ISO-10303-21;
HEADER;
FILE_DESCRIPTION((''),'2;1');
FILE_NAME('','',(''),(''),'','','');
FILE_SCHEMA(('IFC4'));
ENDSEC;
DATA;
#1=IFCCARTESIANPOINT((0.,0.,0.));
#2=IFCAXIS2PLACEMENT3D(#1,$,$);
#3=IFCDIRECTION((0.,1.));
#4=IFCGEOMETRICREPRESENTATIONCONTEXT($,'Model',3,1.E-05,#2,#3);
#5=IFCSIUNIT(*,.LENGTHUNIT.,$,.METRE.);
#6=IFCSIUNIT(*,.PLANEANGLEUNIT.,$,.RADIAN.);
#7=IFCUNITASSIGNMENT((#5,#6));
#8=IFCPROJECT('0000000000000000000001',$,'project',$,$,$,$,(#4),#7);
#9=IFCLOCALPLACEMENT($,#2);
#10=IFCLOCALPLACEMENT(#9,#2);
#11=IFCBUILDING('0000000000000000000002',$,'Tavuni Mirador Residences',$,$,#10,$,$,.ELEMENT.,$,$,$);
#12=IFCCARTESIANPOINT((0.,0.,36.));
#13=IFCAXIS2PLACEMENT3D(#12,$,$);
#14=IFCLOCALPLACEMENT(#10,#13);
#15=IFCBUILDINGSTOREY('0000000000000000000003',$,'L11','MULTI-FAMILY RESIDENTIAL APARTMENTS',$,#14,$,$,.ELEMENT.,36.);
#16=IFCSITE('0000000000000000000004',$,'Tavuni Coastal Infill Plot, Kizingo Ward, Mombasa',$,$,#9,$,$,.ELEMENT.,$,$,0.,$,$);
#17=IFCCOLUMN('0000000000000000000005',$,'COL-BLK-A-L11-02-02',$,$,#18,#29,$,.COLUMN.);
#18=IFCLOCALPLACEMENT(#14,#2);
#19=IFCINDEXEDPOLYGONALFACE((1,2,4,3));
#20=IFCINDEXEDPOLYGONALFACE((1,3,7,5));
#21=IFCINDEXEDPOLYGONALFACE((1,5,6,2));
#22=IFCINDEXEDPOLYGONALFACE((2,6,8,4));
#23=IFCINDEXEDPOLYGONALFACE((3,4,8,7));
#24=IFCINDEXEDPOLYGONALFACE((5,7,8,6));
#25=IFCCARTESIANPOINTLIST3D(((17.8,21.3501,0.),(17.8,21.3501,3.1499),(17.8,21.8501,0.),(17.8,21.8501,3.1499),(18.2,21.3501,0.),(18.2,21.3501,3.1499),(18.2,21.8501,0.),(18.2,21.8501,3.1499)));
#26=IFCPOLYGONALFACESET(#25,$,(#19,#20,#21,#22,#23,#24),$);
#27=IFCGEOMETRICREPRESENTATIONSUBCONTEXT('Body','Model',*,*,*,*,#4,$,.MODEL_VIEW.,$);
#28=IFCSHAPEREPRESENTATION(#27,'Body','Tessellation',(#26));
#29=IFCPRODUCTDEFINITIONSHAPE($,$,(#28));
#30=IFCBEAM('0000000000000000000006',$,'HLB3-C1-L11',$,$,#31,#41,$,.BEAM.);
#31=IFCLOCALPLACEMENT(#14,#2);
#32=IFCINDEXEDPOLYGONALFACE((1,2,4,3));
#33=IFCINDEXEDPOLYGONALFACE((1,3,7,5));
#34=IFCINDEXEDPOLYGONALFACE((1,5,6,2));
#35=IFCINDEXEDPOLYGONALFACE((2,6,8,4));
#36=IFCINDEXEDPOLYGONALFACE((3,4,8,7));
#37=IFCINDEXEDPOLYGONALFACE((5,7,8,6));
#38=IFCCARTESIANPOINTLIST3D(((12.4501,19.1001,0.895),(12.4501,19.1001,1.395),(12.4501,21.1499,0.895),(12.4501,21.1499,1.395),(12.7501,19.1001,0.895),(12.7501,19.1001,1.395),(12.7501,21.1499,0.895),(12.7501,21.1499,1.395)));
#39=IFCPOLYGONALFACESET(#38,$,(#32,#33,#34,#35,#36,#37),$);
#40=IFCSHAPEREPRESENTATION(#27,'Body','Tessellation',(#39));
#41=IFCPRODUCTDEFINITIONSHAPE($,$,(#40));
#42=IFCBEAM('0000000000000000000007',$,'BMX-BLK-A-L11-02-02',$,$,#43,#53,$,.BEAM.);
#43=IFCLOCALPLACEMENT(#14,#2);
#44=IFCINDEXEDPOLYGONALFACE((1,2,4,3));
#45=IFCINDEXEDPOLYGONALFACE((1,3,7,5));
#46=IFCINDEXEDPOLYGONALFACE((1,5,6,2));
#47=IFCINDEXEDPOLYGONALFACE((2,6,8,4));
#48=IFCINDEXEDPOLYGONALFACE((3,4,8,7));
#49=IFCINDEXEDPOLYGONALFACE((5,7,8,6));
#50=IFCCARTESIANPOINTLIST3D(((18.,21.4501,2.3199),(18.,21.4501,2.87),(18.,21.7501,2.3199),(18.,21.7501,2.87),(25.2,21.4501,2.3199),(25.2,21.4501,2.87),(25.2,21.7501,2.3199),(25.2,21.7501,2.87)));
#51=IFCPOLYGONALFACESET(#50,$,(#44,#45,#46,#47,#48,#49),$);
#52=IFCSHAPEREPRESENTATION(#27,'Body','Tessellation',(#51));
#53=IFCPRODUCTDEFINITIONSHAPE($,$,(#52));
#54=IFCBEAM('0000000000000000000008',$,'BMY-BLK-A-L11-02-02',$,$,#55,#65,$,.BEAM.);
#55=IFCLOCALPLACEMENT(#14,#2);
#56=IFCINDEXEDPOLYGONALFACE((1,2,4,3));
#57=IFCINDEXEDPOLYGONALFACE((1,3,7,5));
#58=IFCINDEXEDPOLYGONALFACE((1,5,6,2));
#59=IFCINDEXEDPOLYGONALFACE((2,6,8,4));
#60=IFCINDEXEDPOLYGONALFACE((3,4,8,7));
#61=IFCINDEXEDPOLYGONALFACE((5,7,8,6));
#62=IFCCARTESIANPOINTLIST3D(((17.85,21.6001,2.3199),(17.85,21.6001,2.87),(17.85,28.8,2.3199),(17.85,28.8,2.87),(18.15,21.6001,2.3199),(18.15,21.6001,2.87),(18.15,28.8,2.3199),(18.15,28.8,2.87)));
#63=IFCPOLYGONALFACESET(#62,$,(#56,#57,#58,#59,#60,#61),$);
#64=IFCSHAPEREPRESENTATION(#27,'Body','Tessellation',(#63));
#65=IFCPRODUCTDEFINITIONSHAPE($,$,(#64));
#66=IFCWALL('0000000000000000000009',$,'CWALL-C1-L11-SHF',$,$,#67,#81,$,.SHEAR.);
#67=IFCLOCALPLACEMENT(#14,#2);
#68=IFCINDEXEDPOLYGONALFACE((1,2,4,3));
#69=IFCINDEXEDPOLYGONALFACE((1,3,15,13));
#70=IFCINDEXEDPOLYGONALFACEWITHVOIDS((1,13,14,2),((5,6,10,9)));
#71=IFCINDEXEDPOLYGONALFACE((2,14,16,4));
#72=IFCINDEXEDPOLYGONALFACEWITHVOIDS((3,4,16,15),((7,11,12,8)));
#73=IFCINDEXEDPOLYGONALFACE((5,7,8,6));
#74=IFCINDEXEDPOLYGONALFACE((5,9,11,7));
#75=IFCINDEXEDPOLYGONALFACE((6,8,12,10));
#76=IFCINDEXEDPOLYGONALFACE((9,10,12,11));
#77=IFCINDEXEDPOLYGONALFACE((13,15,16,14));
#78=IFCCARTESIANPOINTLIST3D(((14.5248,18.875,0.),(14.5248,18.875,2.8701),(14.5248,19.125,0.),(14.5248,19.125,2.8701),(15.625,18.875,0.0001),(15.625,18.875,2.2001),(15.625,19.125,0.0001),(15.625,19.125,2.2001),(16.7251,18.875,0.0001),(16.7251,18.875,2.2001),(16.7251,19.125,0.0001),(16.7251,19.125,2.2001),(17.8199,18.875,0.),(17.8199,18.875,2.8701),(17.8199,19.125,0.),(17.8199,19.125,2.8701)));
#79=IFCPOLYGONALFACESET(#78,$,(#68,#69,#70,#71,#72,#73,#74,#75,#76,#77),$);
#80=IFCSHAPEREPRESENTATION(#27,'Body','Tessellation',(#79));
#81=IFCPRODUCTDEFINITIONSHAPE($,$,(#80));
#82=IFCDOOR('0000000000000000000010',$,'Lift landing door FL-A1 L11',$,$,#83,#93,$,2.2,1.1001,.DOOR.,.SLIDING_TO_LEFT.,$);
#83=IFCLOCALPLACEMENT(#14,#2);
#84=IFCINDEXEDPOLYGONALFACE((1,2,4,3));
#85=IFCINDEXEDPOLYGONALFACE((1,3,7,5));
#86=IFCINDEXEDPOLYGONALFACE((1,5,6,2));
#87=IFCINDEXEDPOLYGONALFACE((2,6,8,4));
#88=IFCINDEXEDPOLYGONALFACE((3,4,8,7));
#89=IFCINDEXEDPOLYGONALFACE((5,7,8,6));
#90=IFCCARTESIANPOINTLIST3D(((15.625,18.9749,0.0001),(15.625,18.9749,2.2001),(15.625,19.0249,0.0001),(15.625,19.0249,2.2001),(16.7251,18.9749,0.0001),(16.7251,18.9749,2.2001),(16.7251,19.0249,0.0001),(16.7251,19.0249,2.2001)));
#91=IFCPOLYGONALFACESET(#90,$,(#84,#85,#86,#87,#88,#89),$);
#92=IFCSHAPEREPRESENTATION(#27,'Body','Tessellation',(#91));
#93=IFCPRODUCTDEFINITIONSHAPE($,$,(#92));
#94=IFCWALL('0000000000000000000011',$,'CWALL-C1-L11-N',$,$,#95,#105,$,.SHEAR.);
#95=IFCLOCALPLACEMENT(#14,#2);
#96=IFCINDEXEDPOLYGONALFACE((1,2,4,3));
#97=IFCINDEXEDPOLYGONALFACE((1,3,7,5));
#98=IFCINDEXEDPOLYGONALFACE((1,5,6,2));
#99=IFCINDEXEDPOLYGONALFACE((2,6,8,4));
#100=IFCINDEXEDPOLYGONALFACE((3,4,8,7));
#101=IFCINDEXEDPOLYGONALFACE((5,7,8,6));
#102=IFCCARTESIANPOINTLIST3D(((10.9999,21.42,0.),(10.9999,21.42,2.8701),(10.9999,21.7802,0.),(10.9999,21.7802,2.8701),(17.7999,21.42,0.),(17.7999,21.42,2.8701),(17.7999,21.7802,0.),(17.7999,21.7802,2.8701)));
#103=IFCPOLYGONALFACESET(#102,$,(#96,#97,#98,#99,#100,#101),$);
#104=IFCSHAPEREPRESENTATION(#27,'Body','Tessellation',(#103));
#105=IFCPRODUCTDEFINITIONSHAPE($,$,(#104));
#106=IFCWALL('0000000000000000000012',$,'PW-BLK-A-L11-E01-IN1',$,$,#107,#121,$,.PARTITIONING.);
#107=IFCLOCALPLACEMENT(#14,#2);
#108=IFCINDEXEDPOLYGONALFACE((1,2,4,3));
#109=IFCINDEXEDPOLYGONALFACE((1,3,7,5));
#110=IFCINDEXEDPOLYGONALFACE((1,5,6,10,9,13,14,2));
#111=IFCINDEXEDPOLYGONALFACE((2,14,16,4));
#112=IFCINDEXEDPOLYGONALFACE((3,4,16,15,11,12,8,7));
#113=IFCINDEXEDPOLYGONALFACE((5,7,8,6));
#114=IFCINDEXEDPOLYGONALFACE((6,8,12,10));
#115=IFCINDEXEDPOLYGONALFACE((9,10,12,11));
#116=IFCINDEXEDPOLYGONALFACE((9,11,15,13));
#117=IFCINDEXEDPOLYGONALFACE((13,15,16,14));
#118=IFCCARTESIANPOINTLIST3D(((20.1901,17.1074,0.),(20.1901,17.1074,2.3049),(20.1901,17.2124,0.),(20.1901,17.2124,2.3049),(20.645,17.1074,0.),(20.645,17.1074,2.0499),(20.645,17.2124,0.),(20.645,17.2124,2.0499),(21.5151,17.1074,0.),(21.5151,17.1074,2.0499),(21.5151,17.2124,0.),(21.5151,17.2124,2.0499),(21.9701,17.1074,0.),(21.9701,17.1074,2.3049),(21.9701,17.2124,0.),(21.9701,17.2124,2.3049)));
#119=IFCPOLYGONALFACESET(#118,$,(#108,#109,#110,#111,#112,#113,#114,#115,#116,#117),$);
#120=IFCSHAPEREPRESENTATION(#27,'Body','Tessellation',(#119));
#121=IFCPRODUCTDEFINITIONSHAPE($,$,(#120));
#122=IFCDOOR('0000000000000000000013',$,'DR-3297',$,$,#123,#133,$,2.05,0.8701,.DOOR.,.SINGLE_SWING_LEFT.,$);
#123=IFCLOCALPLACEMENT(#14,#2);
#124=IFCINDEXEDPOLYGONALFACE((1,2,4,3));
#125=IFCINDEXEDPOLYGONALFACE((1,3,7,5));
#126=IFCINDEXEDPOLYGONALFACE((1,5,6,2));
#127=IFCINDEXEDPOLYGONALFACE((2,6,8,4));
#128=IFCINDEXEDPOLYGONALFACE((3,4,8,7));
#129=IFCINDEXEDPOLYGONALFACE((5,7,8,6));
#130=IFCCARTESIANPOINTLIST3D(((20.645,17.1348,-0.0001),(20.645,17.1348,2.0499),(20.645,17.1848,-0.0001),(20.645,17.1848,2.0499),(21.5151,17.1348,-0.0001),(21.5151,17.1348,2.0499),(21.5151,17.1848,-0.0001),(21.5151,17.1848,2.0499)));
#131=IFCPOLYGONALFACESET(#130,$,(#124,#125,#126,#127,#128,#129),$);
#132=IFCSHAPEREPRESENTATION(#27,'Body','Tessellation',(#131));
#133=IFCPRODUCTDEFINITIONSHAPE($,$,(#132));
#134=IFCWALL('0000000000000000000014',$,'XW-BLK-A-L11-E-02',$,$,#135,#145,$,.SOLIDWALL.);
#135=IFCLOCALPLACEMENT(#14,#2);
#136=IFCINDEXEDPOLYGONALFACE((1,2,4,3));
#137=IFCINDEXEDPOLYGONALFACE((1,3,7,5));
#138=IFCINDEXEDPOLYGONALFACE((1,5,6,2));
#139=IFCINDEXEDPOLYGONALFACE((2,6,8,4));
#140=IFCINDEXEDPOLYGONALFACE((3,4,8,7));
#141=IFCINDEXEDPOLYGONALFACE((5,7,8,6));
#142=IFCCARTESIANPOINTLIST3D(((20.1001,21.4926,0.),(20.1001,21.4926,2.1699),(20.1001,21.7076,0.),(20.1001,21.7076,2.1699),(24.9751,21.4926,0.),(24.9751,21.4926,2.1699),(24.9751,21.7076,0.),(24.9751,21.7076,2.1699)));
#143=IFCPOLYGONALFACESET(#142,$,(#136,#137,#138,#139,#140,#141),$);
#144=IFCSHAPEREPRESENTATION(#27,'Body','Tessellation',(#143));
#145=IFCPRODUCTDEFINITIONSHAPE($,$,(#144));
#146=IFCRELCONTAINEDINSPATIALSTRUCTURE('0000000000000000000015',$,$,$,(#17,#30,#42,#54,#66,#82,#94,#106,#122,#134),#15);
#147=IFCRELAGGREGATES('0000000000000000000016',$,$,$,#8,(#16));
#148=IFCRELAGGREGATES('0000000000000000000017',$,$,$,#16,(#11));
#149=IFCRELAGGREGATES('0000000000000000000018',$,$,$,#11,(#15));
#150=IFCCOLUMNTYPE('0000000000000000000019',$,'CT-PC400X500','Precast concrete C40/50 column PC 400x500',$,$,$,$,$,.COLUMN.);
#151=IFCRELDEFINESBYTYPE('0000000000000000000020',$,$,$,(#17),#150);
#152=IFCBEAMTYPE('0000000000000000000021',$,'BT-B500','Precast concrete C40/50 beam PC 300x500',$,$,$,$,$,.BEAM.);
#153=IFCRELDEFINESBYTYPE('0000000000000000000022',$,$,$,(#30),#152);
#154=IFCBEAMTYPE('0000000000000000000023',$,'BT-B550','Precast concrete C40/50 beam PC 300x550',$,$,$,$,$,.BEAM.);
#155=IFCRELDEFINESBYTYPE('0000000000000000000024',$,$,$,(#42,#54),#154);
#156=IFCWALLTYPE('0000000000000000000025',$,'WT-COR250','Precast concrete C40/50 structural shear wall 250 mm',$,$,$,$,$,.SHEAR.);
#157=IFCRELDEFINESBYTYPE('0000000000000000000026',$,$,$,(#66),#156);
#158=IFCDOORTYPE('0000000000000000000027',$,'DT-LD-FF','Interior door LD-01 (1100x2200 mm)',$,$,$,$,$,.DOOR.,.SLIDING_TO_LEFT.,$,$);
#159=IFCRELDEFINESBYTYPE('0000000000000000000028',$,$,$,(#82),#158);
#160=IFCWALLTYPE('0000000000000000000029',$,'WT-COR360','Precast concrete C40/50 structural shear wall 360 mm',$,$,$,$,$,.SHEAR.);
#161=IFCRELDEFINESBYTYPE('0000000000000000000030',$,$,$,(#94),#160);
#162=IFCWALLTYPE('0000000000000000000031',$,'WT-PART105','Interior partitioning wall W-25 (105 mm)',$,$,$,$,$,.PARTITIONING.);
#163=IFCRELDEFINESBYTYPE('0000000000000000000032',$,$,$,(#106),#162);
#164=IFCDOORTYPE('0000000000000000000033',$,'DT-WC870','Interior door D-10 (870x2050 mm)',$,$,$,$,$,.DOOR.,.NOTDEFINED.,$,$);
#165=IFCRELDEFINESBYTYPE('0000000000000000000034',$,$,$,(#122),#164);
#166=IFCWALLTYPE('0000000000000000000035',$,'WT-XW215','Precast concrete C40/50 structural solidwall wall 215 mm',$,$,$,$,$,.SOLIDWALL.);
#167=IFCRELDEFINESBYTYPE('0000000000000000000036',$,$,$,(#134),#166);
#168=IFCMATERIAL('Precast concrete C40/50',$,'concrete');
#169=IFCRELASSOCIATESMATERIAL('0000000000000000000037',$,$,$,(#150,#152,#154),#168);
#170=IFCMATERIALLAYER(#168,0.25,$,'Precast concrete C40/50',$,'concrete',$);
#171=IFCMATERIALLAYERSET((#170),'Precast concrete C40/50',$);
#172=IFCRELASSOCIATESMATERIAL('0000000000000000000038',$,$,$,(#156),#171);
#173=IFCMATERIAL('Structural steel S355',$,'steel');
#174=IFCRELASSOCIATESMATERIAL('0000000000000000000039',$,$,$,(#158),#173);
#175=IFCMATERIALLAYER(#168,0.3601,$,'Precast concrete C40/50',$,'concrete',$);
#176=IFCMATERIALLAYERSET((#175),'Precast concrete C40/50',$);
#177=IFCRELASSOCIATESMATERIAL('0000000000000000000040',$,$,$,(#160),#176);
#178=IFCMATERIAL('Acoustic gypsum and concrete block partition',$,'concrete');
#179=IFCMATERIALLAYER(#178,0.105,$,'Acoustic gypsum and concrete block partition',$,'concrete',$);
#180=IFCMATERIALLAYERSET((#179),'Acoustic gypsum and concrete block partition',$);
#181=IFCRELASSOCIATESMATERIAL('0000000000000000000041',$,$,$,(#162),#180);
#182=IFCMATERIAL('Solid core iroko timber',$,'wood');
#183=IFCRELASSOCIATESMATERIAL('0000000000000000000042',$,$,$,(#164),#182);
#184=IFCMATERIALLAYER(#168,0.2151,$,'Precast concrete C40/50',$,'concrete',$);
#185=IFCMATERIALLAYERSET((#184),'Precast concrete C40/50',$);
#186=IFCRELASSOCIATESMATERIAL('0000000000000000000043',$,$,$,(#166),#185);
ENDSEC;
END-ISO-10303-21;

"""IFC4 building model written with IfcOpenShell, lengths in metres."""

from ifc_helpers import new_model, si_unit, direction, frame, frame_2d, origin, origin_2d, place, context, subcontext, project, spatial, rectangle, extrude, material, layer, layer_set, material_profile, profile_set, type_object, element, fill, save


model = new_model("IFC4")

# Units and contexts
model_context = context("Model", 3, precision=1e-05, world=origin(), true_north=direction((0.0, 1.0)))
body_context = subcontext(model_context, "Body", "Model", "MODEL_VIEW")
ifc_project = project(units=[si_unit("LENGTHUNIT", "METRE"), si_unit("PLANEANGLEUNIT", "RADIAN")], contexts=[model_context])

# Site, building, storey
site_placement = place(None, origin())
site = spatial("IfcSite", under=ifc_project, at=site_placement, Name="Tavuni Coastal Infill Plot, Kizingo Ward, Mombasa", CompositionType="ELEMENT", RefElevation=0.0)
building_placement = place(site_placement, origin())
building = spatial("IfcBuilding", under=site, at=building_placement, Name="Tavuni Mirador Residences", CompositionType="ELEMENT")
storey_placement = place(building_placement, frame((0.0, 0.0, 36.0)))
storey = spatial("IfcBuildingStorey", under=building, at=storey_placement, Name="L11", Description="MULTI-FAMILY RESIDENTIAL APARTMENTS", CompositionType="ELEMENT", Elevation=36.0)

# Column
ifc_material_1 = material(Name="Precast concrete C40/50", Category="concrete")
ifc_material_profile_1 = material_profile(ifc_material_1, rectangle(XDim=0.3999, YDim=0.5, at=origin_2d()), Name="PC 400x500", Category="concrete")
ifc_profile_set_1 = profile_set([ifc_material_profile_1], Name="Precast concrete C40/50")
column_type = type_object("IfcColumnType", Name="CT-PC400X500", Description="Precast concrete C40/50 column PC 400x500", PredefinedType="COLUMN", material=ifc_profile_set_1)
column_placement = place(storey_placement, frame((18.0, 21.6001, 0.0), z_axis=(0.0, 0.0, 1.0), x_axis=(1.0, 0.0, 0.0)))
element("IfcColumn", 1, at=column_placement, inside=storey, type_object=column_type, Name="COL-BLK-A-L11-02-02", PredefinedType="COLUMN", context=body_context, shape_type="SweptSolid", body=[
    extrude(rectangle(XDim=0.3999, YDim=0.5, at=origin_2d()), origin(), (0.0, 0.0, 1.0), 3.1499),
])

# Beams
ifc_material_profile_2 = material_profile(ifc_material_1, rectangle(XDim=0.3, YDim=0.5, at=origin_2d()), Name="PC 300x500", Category="concrete")
ifc_profile_set_2 = profile_set([ifc_material_profile_2], Name="Precast concrete C40/50")
beam_type_1 = type_object("IfcBeamType", Name="BT-B500", Description="Precast concrete C40/50 beam PC 300x500", PredefinedType="BEAM", material=ifc_profile_set_2)
beam_placement = place(storey_placement, frame((12.6001, 19.1001, 1.145), z_axis=(0.0, 1.0, 0.0), x_axis=(-1.0, 0.0, 0.0)))
element("IfcBeam", 2, at=beam_placement, inside=storey, type_object=beam_type_1, Name="HLB3-C1-L11", PredefinedType="BEAM", context=body_context, shape_type="SweptSolid", body=[
    extrude(rectangle(XDim=0.3, YDim=0.5, at=origin_2d()), origin(), (0.0, 0.0, 1.0), 2.0498),
])
ifc_material_profile_3 = material_profile(ifc_material_1, rectangle(XDim=0.3, YDim=0.55, at=origin_2d()), Name="PC 300x550", Category="concrete")
ifc_profile_set_3 = profile_set([ifc_material_profile_3], Name="Precast concrete C40/50")
beam_type_2 = type_object("IfcBeamType", Name="BT-B550", Description="Precast concrete C40/50 beam PC 300x550", PredefinedType="BEAM", material=ifc_profile_set_3)
for number, where, z_axis, x_axis, name in (
    (3, (18.0, 21.6001, 2.595), (1.0, 0.0, 0.0), (0.0, 1.0, 0.0), "BMX-BLK-A-L11-02-02"),
    (4, (18.0, 21.6001, 2.595), (0.0, 1.0, 0.0), (-1.0, 0.0, 0.0), "BMY-BLK-A-L11-02-02"),
):
    element("IfcBeam", number, at=place(storey_placement, frame(where, z_axis=z_axis, x_axis=x_axis)), inside=storey, type_object=beam_type_2, Name=name, PredefinedType="BEAM", context=body_context, shape_type="SweptSolid", body=[
        extrude(rectangle(XDim=0.3, YDim=0.55, at=origin_2d()), origin(), (0.0, 0.0, 1.0), 7.2),
    ])

# Wall, opening, door
ifc_layer_1 = layer(ifc_material_1, 0.25, Name="Precast concrete C40/50", Category="concrete")
ifc_layer_set_1 = layer_set([ifc_layer_1], Name="Precast concrete C40/50")
wall_type_1 = type_object("IfcWallType", Name="WT-COR250", Description="Precast concrete C40/50 structural shear wall 250 mm", PredefinedType="SHEAR", material=ifc_layer_set_1)
wall_1_placement = place(storey_placement, frame((14.5249, 19.0, 0.0), z_axis=(0.0, 0.0, 1.0), x_axis=(1.0, 0.0, 0.0)))
wall_1 = element("IfcWall", 5, at=wall_1_placement, inside=storey, type_object=wall_type_1, Name="CWALL-C1-L11-SHF", PredefinedType="SHEAR", context=body_context, shape_type="SweptSolid", body=[
    extrude(rectangle(XDim=3.2952, YDim=0.25, at=frame_2d((1.6475, 0.0))), origin(), (0.0, 0.0, 1.0), 2.8701),
])
opening_1_placement = place(wall_1_placement, frame((1.1001, 0.0, 0.0)))
opening_1 = element("IfcOpeningElement", 6, at=opening_1_placement, cuts=wall_1, PredefinedType="OPENING", context=body_context, shape_type="SweptSolid", body=[
    extrude(rectangle(XDim=1.1001, YDim=2.2, at=frame_2d((0.55, 1.1001))), frame((0.0, 0.135, 0.0), z_axis=(0.0, -1.0, 0.0), x_axis=(1.0, 0.0, 0.0)), (0.0, 0.0, 1.0), 0.27),
])
ifc_material_2 = material(Name="Structural steel S355", Category="steel")
door_type_1 = type_object("IfcDoorType", Name="DT-LD-FF", Description="Interior door LD-01 (1100x2200 mm)", OperationType="SLIDING_TO_LEFT", PredefinedType="DOOR", material=ifc_material_2)
door_1_placement = place(opening_1_placement, origin())
door_1 = element("IfcDoor", 7, at=door_1_placement, inside=storey, type_object=door_type_1, Name="Lift landing door FL-A1 L11", OperationType="SLIDING_TO_LEFT", OverallHeight=2.2, OverallWidth=1.1001, PredefinedType="DOOR", context=body_context, shape_type="SweptSolid", body=[
    extrude(rectangle(XDim=1.1001, YDim=2.2, at=frame_2d((0.55, 1.1001))), frame((0.0, 0.0249, 0.0), z_axis=(0.0, -1.0, 0.0), x_axis=(1.0, 0.0, 0.0)), (0.0, 0.0, 1.0), 0.05),
])
fill(opening_1, door_1)

# Wall
ifc_layer_2 = layer(ifc_material_1, 0.3601, Name="Precast concrete C40/50", Category="concrete")
ifc_layer_set_2 = layer_set([ifc_layer_2], Name="Precast concrete C40/50")
wall_type_2 = type_object("IfcWallType", Name="WT-COR360", Description="Precast concrete C40/50 structural shear wall 360 mm", PredefinedType="SHEAR", material=ifc_layer_set_2)
wall_2_placement = place(storey_placement, frame((11.0, 21.6001, 0.0), z_axis=(0.0, 0.0, 1.0), x_axis=(1.0, 0.0, 0.0)))
element("IfcWall", 8, at=wall_2_placement, inside=storey, type_object=wall_type_2, Name="CWALL-C1-L11-N", PredefinedType="SHEAR", context=body_context, shape_type="SweptSolid", body=[
    extrude(rectangle(XDim=6.8, YDim=0.3601, at=frame_2d((3.3999, 0.0))), origin(), (0.0, 0.0, 1.0), 2.8701),
])

# Wall, opening, door
ifc_material_3 = material(Name="Solid core iroko timber", Category="wood")
ifc_material_4 = material(Name="Acoustic gypsum and concrete block partition", Category="concrete")
ifc_layer_3 = layer(ifc_material_4, 0.105, Name="Acoustic gypsum and concrete block partition", Category="concrete")
ifc_layer_set_3 = layer_set([ifc_layer_3], Name="Acoustic gypsum and concrete block partition")
wall_type_3 = type_object("IfcWallType", Name="WT-PART105", Description="Interior partitioning wall W-25 (105 mm)", PredefinedType="PARTITIONING", material=ifc_layer_set_3)
wall_3_placement = place(storey_placement, frame((20.1899, 17.1599, 0.0), z_axis=(0.0, 0.0, 1.0), x_axis=(1.0, 0.0, 0.0)))
wall_3 = element("IfcWall", 9, at=wall_3_placement, inside=storey, type_object=wall_type_3, Name="PW-BLK-A-L11-E01-IN1", PredefinedType="PARTITIONING", context=body_context, shape_type="SweptSolid", body=[
    extrude(rectangle(XDim=1.78, YDim=0.105, at=frame_2d((0.8901, 0.0))), origin(), (0.0, 0.0, 1.0), 2.3049),
])
opening_2_placement = place(wall_3_placement, frame((0.4551, 0.0, 0.0)))
opening_2 = element("IfcOpeningElement", 10, at=opening_2_placement, cuts=wall_3, PredefinedType="OPENING", context=body_context, shape_type="SweptSolid", body=[
    extrude(rectangle(XDim=0.8701, YDim=2.05, at=frame_2d((0.4351, 1.0249))), frame((0.0, 0.0625, 0.0), z_axis=(0.0, -1.0, 0.0), x_axis=(1.0, 0.0, 0.0)), (0.0, 0.0, 1.0), 0.125),
])
door_type_2 = type_object("IfcDoorType", Name="DT-WC870", Description="Interior door D-10 (870x2050 mm)", OperationType="NOTDEFINED", PredefinedType="DOOR", material=ifc_material_3)
door_2_placement = place(opening_2_placement, origin())
door_2 = element("IfcDoor", 11, at=door_2_placement, inside=storey, type_object=door_type_2, Name="DR-3297", OperationType="SINGLE_SWING_LEFT", OverallHeight=2.05, OverallWidth=0.8701, PredefinedType="DOOR", context=body_context, shape_type="SweptSolid", body=[
    extrude(rectangle(XDim=0.8701, YDim=2.05, at=frame_2d((0.4351, 1.0249))), frame((0.0, 0.0249, 0.0), z_axis=(0.0, -1.0, 0.0), x_axis=(1.0, 0.0, 0.0)), (0.0, 0.0, 1.0), 0.05),
])
fill(opening_2, door_2)

# Wall
ifc_layer_4 = layer(ifc_material_1, 0.2151, Name="Precast concrete C40/50", Category="concrete")
ifc_layer_set_4 = layer_set([ifc_layer_4], Name="Precast concrete C40/50")
wall_type_4 = type_object("IfcWallType", Name="WT-XW215", Description="Precast concrete C40/50 structural solidwall wall 215 mm", PredefinedType="SOLIDWALL", material=ifc_layer_set_4)
wall_4_placement = place(storey_placement, frame((20.1001, 21.6001, 0.0), z_axis=(0.0, 0.0, 1.0), x_axis=(1.0, 0.0, 0.0)))
element("IfcWall", 12, at=wall_4_placement, inside=storey, type_object=wall_type_4, Name="XW-BLK-A-L11-E-02", PredefinedType="SOLIDWALL", context=body_context, shape_type="SweptSolid", body=[
    extrude(rectangle(XDim=4.875, YDim=0.2151, at=frame_2d((2.4375, 0.0))), origin(), (0.0, 0.0, 1.0), 2.1699),
])

save(model, "model.ifc")
